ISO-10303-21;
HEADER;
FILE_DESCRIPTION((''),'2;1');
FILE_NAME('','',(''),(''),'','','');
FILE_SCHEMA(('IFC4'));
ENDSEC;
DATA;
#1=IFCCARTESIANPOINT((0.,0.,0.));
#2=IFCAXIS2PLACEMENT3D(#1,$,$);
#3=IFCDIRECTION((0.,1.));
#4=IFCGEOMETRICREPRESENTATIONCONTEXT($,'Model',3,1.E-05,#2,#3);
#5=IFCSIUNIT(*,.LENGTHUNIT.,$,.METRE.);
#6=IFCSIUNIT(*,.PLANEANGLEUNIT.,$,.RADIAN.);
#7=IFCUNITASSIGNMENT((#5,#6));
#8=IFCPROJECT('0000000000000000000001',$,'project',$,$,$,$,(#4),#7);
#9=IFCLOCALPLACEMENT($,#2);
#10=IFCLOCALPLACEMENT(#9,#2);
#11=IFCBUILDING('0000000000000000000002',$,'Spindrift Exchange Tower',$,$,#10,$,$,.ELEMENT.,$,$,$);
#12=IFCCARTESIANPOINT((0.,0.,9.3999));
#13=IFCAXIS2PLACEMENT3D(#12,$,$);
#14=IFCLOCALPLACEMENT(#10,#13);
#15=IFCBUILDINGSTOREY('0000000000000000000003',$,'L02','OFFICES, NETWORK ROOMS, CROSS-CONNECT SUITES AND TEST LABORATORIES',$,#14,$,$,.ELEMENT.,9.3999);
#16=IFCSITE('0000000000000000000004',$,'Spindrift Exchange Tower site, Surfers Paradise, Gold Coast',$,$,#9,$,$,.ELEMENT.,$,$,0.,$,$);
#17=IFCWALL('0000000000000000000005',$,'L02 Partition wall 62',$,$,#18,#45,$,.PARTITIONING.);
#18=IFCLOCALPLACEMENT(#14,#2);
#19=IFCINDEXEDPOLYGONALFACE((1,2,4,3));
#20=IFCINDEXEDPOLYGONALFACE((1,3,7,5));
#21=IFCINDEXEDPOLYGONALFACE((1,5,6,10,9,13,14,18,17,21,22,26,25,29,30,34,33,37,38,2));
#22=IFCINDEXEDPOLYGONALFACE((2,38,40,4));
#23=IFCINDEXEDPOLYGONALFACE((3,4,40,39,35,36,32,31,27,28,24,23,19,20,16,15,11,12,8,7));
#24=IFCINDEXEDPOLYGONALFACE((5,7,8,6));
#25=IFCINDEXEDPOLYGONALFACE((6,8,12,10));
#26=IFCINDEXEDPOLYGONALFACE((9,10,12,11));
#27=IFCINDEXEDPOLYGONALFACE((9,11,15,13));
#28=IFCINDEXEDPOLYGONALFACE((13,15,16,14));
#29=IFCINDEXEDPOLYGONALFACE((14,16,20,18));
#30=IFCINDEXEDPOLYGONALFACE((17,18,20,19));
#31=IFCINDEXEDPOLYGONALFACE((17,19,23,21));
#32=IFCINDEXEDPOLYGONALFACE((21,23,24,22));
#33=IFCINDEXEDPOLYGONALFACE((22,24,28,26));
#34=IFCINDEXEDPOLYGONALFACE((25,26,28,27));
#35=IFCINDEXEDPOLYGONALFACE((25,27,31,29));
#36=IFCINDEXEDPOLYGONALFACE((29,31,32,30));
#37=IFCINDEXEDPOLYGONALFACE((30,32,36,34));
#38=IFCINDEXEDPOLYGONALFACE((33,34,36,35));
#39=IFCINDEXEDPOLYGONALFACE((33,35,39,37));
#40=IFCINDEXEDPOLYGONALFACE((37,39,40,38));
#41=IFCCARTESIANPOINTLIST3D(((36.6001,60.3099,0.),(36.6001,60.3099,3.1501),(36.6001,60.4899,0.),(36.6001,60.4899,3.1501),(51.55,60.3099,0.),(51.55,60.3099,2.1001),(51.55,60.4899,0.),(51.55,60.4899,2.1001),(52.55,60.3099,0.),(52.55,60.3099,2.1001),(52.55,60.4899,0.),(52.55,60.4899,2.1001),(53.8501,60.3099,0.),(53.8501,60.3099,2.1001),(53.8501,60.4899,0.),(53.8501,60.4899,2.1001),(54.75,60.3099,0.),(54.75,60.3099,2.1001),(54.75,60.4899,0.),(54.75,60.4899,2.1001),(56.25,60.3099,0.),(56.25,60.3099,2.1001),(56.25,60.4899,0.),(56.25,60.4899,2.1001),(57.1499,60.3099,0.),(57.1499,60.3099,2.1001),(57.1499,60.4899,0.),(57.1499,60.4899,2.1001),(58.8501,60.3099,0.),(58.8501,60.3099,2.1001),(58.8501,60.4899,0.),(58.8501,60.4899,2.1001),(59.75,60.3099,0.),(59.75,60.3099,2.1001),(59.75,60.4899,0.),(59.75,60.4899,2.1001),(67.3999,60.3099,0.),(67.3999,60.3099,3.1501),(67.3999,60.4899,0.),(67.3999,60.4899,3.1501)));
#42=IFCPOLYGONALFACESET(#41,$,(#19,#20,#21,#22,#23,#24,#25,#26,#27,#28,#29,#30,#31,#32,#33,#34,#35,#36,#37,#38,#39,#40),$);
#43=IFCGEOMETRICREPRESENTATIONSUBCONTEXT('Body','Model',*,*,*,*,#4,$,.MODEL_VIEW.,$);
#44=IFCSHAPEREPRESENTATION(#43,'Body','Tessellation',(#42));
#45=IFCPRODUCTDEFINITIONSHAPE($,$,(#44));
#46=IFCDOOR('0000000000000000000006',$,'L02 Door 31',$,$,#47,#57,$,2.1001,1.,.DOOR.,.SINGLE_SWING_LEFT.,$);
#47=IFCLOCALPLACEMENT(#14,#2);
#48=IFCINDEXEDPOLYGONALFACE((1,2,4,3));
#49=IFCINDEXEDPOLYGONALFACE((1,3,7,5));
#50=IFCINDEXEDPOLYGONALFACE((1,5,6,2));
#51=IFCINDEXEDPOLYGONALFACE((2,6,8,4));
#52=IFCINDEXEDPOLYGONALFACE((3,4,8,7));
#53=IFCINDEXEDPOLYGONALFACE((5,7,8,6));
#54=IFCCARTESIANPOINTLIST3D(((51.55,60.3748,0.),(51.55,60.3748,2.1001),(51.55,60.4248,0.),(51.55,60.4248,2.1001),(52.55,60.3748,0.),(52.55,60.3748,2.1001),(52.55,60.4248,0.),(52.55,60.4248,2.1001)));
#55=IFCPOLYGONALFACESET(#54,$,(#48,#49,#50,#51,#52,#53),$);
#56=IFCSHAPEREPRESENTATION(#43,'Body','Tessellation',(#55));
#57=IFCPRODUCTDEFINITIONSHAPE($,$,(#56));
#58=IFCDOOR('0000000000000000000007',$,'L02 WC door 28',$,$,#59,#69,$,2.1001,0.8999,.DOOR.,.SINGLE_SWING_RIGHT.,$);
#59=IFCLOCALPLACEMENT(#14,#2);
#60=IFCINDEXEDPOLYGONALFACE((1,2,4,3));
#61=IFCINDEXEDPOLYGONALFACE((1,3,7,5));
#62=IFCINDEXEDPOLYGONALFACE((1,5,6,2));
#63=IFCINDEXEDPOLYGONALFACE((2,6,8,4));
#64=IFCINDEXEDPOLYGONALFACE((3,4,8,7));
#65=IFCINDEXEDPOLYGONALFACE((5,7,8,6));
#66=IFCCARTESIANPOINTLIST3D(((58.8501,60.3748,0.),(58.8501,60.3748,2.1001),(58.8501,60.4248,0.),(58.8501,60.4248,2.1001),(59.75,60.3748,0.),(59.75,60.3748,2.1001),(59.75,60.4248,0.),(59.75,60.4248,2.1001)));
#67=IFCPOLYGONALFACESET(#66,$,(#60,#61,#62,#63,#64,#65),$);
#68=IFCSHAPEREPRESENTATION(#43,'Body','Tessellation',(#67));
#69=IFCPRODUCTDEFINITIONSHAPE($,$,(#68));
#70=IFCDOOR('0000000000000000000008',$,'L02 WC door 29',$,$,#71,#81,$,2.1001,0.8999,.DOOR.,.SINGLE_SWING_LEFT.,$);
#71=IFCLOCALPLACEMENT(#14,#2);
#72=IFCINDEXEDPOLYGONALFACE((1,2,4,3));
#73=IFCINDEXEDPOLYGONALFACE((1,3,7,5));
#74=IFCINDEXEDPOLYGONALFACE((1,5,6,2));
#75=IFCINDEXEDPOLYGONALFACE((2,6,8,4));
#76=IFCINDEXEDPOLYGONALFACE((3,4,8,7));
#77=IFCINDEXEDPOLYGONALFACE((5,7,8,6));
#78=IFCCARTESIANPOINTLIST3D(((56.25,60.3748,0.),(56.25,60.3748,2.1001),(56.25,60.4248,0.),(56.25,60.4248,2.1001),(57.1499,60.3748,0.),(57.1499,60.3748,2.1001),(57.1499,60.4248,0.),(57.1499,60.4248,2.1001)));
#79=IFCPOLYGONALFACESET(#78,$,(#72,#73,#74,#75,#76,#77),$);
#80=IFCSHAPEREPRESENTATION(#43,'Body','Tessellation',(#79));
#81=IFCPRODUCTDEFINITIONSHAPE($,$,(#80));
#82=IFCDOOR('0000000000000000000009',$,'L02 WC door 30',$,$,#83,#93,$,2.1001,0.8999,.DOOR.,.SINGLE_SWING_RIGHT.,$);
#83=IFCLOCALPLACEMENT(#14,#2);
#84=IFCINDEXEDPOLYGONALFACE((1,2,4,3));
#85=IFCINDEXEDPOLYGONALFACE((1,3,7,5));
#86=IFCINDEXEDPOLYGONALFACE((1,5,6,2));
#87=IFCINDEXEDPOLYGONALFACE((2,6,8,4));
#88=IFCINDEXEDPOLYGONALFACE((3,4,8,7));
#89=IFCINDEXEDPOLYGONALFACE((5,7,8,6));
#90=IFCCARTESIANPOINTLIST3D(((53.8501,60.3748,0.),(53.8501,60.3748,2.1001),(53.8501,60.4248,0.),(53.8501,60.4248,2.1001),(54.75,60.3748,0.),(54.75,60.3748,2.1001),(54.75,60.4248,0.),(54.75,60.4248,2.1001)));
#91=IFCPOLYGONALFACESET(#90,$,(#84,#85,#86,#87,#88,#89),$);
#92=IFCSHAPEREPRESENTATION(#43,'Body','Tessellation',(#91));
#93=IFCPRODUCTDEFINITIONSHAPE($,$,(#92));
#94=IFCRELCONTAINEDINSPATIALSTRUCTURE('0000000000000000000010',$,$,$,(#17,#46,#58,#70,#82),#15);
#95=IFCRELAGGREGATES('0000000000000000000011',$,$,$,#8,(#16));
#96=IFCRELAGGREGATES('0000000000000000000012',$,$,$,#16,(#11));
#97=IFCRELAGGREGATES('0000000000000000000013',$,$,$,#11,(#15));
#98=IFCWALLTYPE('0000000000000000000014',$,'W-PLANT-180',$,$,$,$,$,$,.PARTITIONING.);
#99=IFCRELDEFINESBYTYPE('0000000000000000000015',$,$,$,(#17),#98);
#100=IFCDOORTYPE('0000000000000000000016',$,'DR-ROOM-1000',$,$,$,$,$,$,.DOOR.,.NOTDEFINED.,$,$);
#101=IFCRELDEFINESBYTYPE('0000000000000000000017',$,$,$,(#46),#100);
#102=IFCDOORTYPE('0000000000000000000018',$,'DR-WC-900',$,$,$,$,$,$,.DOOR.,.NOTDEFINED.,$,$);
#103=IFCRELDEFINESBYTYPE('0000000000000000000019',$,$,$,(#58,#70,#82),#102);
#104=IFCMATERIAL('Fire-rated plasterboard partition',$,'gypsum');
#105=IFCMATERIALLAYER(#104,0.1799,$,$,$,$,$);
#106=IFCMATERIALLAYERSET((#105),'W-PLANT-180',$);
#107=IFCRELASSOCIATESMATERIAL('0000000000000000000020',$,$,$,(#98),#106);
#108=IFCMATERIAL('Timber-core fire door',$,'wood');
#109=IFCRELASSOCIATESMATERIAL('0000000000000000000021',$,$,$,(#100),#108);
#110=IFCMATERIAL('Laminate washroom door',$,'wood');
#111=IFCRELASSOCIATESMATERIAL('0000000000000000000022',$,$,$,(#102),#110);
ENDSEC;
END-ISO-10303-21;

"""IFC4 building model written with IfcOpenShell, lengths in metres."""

from ifc_helpers import new_model, si_unit, direction, frame, frame_2d, origin, place, context, subcontext, project, spatial, rectangle, extrude, source, transform, mapped, material, layer, layer_set, type_object, element, fill, save


model = new_model("IFC4")

# Units and contexts
model_context = context("Model", 3, precision=1e-05, world=origin(), true_north=direction((0.0, 1.0)))
body_context = subcontext(model_context, "Body", "Model", "MODEL_VIEW")
ifc_project = project(units=[si_unit("LENGTHUNIT", "METRE"), si_unit("PLANEANGLEUNIT", "RADIAN")], contexts=[model_context])

# Site, building, storey
site_placement = place(None, origin())
site = spatial("IfcSite", under=ifc_project, at=site_placement, Name="Spindrift Exchange Tower site, Surfers Paradise, Gold Coast", CompositionType="ELEMENT", RefElevation=0.0)
building_placement = place(site_placement, origin())
building = spatial("IfcBuilding", under=site, at=building_placement, Name="Spindrift Exchange Tower", CompositionType="ELEMENT")
storey_placement = place(building_placement, frame((0.0, 0.0, 9.3999)))
storey = spatial("IfcBuildingStorey", under=building, at=storey_placement, Name="L02", Description="OFFICES, NETWORK ROOMS, CROSS-CONNECT SUITES AND TEST LABORATORIES", CompositionType="ELEMENT", Elevation=9.3999)

# Shared definitions
ifc_material_1 = material(Name="Timber-core fire door", Category="wood")

# Wall, openings, doors
ifc_material_2 = material(Name="Fire-rated plasterboard partition", Category="gypsum")
ifc_layer_1 = layer(ifc_material_2, 0.1799)
ifc_layer_set_1 = layer_set([ifc_layer_1], Name="W-PLANT-180")
wall_type_1 = type_object("IfcWallType", Name="W-PLANT-180", PredefinedType="PARTITIONING", material=ifc_layer_set_1)
wall_1_placement = place(storey_placement, frame((36.6001, 60.3999, 0.0), z_axis=(0.0, 0.0, 1.0), x_axis=(1.0, 0.0, 0.0)))
wall_1 = element("IfcWall", 1, at=wall_1_placement, inside=storey, type_object=wall_type_1, Name="L02 Partition wall 62", PredefinedType="PARTITIONING", context=body_context, shape_type="SweptSolid", body=[
    extrude(rectangle(XDim=30.7998, YDim=0.1799, at=frame_2d((15.3999, 0.0))), origin(), (0.0, 0.0, 1.0), 3.1501),
])
opening_1_placement = place(wall_1_placement, frame((22.25, 0.0, 0.0)))
opening_1 = element("IfcOpeningElement", 2, at=opening_1_placement, cuts=wall_1, PredefinedType="OPENING", context=body_context, shape_type="SweptSolid", body=[
    extrude(rectangle(XDim=0.8999, YDim=2.1001, at=frame_2d((0.45, 1.05))), frame((0.0, 0.0999, 0.0), z_axis=(0.0, -1.0, 0.0), x_axis=(1.0, 0.0, 0.0)), (0.0, 0.0, 1.0), 0.2),
])
opening_2_placement = place(wall_1_placement, frame((19.6499, 0.0, 0.0)))
opening_2 = element("IfcOpeningElement", 3, at=opening_2_placement, cuts=wall_1, PredefinedType="OPENING", context=body_context, shape_type="SweptSolid", body=[
    extrude(rectangle(XDim=0.8999, YDim=2.1001, at=frame_2d((0.45, 1.05))), frame((0.0, 0.0999, 0.0), z_axis=(0.0, -1.0, 0.0), x_axis=(1.0, 0.0, 0.0)), (0.0, 0.0, 1.0), 0.2),
])
opening_3_placement = place(wall_1_placement, frame((17.25, 0.0, 0.0)))
opening_3 = element("IfcOpeningElement", 4, at=opening_3_placement, cuts=wall_1, PredefinedType="OPENING", context=body_context, shape_type="SweptSolid", body=[
    extrude(rectangle(XDim=0.8999, YDim=2.1001, at=frame_2d((0.45, 1.05))), frame((0.0, 0.0999, 0.0), z_axis=(0.0, -1.0, 0.0), x_axis=(1.0, 0.0, 0.0)), (0.0, 0.0, 1.0), 0.2),
])
opening_4_placement = place(wall_1_placement, frame((14.95, 0.0, 0.0)))
opening_4 = element("IfcOpeningElement", 5, at=opening_4_placement, cuts=wall_1, PredefinedType="OPENING", context=body_context, shape_type="SweptSolid", body=[
    extrude(rectangle(XDim=1.0, YDim=2.1001, at=frame_2d((0.5, 1.05))), frame((0.0, 0.0999, 0.0), z_axis=(0.0, -1.0, 0.0), x_axis=(1.0, 0.0, 0.0)), (0.0, 0.0, 1.0), 0.2),
])
door_type_1 = type_object("IfcDoorType", Name="DR-ROOM-1000", OperationType="NOTDEFINED", PredefinedType="DOOR", material=ifc_material_1)
shared_shape_1 = source(origin(), body_context, "Body", "SweptSolid", [
    extrude(rectangle(XDim=1.0, YDim=2.1001, at=frame_2d((0.5, 1.05))), frame((0.0, 0.0249, 0.0), z_axis=(0.0, -1.0, 0.0), x_axis=(1.0, 0.0, 0.0)), (0.0, 0.0, 1.0), 0.05),
])
door_1_placement = place(opening_4_placement, origin())
door_1 = element("IfcDoor", 6, at=door_1_placement, inside=storey, type_object=door_type_1, Name="L02 Door 31", OperationType="SINGLE_SWING_LEFT", OverallHeight=2.1001, OverallWidth=1.0, PredefinedType="DOOR", context=body_context, shape_type="MappedRepresentation", body=[
    mapped(shared_shape_1, transform((0.0, 0.0, 0.0), scale=1.0)),
])
fill(opening_4, door_1)
ifc_material_3 = material(Name="Laminate washroom door", Category="wood")
door_type_2 = type_object("IfcDoorType", Name="DR-WC-900", OperationType="NOTDEFINED", PredefinedType="DOOR", material=ifc_material_3)
shared_shape_2 = source(origin(), body_context, "Body", "SweptSolid", [
    extrude(rectangle(XDim=0.8999, YDim=2.1001, at=frame_2d((0.45, 1.05))), frame((0.0, 0.0249, 0.0), z_axis=(0.0, -1.0, 0.0), x_axis=(1.0, 0.0, 0.0)), (0.0, 0.0, 1.0), 0.05),
])
door_2_placement = place(opening_1_placement, origin())
door_2 = element("IfcDoor", 7, at=door_2_placement, inside=storey, type_object=door_type_2, Name="L02 WC door 28", OperationType="SINGLE_SWING_RIGHT", OverallHeight=2.1001, OverallWidth=0.8999, PredefinedType="DOOR", context=body_context, shape_type="MappedRepresentation", body=[
    mapped(shared_shape_2, transform((0.0, 0.0, 0.0), scale=1.0)),
])
fill(opening_1, door_2)
door_3_placement = place(opening_2_placement, origin())
door_3 = element("IfcDoor", 8, at=door_3_placement, inside=storey, type_object=door_type_2, Name="L02 WC door 29", OperationType="SINGLE_SWING_LEFT", OverallHeight=2.1001, OverallWidth=0.8999, PredefinedType="DOOR", context=body_context, shape_type="MappedRepresentation", body=[
    mapped(shared_shape_2, transform((0.0, 0.0, 0.0), scale=1.0)),
])
fill(opening_2, door_3)
door_4_placement = place(opening_3_placement, origin())
door_4 = element("IfcDoor", 9, at=door_4_placement, inside=storey, type_object=door_type_2, Name="L02 WC door 30", OperationType="SINGLE_SWING_RIGHT", OverallHeight=2.1001, OverallWidth=0.8999, PredefinedType="DOOR", context=body_context, shape_type="MappedRepresentation", body=[
    mapped(shared_shape_2, transform((0.0, 0.0, 0.0), scale=1.0)),
])
fill(opening_3, door_4)

save(model, "model.ifc")
